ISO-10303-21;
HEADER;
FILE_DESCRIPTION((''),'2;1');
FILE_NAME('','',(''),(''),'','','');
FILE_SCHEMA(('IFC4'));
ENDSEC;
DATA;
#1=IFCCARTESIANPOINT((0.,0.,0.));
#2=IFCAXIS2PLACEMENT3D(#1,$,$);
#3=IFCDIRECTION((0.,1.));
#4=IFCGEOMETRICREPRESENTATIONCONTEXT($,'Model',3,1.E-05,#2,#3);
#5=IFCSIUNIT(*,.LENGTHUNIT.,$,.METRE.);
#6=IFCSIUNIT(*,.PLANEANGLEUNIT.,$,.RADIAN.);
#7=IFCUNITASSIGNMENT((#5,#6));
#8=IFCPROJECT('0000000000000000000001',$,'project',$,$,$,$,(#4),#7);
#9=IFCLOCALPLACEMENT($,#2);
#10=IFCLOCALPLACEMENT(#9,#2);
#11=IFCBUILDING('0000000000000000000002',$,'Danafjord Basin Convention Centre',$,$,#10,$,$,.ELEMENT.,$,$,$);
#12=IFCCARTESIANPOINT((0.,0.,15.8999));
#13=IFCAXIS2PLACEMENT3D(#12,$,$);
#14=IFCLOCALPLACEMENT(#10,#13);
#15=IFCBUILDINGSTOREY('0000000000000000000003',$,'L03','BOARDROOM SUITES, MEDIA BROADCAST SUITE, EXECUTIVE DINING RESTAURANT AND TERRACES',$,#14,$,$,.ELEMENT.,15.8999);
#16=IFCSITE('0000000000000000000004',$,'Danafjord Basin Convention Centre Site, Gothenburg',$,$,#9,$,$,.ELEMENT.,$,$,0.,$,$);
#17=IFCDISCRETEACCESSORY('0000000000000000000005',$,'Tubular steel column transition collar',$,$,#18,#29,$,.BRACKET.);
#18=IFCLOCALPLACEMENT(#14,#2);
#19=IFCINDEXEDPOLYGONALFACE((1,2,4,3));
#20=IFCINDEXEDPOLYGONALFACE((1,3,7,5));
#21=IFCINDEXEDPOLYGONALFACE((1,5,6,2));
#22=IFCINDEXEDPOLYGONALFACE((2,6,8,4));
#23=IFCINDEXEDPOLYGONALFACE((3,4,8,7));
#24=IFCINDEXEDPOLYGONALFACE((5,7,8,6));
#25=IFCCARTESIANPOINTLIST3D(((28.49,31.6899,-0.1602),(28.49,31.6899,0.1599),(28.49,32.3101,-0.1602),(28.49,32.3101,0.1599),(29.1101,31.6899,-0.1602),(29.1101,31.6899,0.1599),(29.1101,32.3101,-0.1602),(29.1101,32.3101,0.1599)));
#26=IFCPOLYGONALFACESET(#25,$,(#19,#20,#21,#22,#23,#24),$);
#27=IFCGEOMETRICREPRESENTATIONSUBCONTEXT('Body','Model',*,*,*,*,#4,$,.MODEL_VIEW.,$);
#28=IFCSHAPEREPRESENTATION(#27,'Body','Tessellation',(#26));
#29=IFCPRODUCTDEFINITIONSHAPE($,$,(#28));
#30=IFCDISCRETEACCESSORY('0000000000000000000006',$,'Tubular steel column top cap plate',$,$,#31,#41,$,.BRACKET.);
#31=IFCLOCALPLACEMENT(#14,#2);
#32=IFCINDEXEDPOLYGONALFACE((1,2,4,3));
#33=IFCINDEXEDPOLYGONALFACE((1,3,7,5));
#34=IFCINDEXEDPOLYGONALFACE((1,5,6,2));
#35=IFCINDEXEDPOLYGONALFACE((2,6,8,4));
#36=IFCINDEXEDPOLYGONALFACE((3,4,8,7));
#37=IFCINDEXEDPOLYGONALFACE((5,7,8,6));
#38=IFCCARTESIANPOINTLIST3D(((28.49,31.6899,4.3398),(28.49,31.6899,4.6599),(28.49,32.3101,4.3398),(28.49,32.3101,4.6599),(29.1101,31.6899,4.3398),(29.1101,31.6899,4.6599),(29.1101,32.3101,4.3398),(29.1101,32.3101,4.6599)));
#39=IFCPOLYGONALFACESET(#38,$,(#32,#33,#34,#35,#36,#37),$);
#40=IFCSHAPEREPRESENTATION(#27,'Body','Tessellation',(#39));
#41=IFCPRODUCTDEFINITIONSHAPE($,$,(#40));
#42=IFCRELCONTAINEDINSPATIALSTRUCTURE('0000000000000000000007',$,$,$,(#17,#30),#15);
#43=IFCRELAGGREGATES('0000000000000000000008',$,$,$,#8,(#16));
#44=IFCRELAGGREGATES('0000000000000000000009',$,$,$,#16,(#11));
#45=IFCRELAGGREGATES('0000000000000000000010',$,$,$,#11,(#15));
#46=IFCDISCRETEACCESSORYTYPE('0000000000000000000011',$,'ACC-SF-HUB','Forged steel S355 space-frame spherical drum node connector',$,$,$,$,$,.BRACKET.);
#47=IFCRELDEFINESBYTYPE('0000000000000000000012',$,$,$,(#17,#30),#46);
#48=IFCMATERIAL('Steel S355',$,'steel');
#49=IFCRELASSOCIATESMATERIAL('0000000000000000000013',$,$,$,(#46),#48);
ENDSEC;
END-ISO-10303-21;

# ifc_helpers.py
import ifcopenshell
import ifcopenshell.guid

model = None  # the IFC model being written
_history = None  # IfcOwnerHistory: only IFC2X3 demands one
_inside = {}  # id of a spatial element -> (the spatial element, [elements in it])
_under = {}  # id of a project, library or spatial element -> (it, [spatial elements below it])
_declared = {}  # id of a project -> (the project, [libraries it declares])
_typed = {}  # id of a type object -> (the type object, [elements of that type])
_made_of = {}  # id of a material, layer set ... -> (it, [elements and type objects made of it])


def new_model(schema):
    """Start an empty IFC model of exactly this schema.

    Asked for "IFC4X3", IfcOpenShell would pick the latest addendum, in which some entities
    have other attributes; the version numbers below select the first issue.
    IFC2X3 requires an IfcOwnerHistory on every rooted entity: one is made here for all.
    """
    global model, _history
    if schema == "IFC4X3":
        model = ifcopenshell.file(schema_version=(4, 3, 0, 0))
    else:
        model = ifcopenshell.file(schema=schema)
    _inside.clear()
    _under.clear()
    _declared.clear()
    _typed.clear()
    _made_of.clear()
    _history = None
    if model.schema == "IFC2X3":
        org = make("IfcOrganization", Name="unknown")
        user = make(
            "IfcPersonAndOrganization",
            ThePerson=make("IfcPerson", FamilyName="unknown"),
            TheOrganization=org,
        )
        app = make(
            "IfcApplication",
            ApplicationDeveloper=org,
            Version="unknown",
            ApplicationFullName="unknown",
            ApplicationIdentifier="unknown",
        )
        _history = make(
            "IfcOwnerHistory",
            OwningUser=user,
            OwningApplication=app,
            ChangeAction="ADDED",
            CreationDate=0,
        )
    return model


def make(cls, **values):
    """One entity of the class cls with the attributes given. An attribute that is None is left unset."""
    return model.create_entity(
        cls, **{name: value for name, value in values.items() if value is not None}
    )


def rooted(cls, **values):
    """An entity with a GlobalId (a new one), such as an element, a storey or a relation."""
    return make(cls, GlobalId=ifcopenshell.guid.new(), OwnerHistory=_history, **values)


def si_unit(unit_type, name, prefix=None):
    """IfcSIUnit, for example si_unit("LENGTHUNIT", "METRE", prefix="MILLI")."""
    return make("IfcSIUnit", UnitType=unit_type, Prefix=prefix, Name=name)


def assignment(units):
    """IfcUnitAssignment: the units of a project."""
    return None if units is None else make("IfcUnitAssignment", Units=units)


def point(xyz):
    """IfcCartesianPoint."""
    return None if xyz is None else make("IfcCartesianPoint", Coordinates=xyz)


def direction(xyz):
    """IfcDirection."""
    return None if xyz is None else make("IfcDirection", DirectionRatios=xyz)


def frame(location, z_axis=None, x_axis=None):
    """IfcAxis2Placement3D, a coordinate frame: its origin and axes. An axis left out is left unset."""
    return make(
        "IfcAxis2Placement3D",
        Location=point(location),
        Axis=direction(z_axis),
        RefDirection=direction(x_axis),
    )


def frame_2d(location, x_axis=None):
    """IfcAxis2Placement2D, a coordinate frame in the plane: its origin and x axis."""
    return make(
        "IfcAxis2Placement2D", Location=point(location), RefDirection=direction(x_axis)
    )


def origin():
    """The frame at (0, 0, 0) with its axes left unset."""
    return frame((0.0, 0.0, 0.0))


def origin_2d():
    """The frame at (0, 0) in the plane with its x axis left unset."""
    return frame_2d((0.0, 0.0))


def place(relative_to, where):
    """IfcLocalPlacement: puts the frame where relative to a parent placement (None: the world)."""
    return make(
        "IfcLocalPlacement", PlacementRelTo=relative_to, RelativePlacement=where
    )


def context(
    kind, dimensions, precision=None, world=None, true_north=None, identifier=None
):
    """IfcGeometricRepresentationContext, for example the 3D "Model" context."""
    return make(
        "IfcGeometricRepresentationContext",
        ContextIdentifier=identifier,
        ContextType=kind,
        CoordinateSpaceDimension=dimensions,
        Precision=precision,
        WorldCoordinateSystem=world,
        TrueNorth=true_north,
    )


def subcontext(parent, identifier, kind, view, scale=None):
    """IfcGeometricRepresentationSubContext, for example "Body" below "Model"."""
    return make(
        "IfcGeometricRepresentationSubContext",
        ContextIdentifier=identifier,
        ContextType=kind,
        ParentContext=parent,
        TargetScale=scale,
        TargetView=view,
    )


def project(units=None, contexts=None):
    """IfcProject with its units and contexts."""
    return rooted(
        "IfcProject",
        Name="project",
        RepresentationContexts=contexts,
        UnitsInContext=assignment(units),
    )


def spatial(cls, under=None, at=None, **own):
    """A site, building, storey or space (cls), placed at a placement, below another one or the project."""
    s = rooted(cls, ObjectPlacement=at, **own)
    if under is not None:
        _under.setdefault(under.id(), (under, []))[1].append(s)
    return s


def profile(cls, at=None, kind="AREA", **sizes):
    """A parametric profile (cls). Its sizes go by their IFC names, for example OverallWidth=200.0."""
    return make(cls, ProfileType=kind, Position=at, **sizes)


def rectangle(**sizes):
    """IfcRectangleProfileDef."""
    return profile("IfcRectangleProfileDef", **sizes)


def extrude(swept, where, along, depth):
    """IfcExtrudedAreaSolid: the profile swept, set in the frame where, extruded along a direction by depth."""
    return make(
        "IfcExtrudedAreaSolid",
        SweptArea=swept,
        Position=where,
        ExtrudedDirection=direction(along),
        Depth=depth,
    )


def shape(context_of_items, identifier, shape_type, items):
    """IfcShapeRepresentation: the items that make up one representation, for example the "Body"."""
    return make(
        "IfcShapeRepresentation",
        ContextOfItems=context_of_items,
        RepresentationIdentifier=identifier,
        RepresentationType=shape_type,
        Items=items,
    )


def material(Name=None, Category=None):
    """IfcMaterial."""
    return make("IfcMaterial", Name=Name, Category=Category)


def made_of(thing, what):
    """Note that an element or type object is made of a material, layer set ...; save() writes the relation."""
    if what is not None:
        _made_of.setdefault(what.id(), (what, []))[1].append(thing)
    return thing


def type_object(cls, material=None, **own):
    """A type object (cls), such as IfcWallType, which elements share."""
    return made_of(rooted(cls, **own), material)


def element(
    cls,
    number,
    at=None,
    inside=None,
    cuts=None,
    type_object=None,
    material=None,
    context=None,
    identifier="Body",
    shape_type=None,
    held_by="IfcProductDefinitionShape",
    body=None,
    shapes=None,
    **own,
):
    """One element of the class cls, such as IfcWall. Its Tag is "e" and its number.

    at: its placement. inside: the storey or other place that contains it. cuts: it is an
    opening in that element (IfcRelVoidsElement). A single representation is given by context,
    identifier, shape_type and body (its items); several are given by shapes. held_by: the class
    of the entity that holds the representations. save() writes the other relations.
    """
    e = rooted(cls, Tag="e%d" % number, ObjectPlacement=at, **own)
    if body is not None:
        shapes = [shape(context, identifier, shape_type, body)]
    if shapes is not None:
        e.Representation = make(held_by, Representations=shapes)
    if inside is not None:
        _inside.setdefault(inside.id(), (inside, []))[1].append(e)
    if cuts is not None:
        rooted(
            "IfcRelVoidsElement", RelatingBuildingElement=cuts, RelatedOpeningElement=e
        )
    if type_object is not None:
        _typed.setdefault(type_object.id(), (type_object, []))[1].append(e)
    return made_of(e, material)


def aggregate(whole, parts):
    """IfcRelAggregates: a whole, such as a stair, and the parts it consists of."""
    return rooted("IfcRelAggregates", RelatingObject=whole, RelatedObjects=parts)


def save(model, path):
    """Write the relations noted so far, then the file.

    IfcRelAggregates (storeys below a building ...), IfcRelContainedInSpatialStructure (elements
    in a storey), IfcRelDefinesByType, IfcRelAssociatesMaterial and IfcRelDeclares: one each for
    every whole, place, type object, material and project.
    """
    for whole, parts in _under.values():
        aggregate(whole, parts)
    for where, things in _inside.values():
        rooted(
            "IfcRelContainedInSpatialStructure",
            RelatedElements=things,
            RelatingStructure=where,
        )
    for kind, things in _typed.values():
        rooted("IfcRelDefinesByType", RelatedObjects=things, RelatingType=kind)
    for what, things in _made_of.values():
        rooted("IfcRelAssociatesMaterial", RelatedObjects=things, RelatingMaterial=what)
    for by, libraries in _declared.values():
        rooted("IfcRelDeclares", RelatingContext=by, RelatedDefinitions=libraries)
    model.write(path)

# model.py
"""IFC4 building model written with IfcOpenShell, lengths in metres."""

from ifc_helpers import new_model, si_unit, direction, frame, origin, origin_2d, place, context, subcontext, project, spatial, rectangle, extrude, material, type_object, element, save


model = new_model("IFC4")

# Units and contexts
model_context = context("Model", 3, precision=1e-05, world=origin(), true_north=direction((0.0, 1.0)))
body_context = subcontext(model_context, "Body", "Model", "MODEL_VIEW")
ifc_project = project(units=[si_unit("LENGTHUNIT", "METRE"), si_unit("PLANEANGLEUNIT", "RADIAN")], contexts=[model_context])

# Site, building, storey
site_placement = place(None, origin())
site = spatial("IfcSite", under=ifc_project, at=site_placement, Name="Danafjord Basin Convention Centre Site, Gothenburg", CompositionType="ELEMENT", RefElevation=0.0)
building_placement = place(site_placement, origin())
building = spatial("IfcBuilding", under=site, at=building_placement, Name="Danafjord Basin Convention Centre", CompositionType="ELEMENT")
storey_placement = place(building_placement, frame((0.0, 0.0, 15.8999)))
storey = spatial("IfcBuildingStorey", under=building, at=storey_placement, Name="L03", Description="BOARDROOM SUITES, MEDIA BROADCAST SUITE, EXECUTIVE DINING RESTAURANT AND TERRACES", CompositionType="ELEMENT", Elevation=15.8999)

# Shared definitions
ifc_material_1 = material(Name="Steel S355", Category="steel")

# Discrete accessories
discrete_accessory_type_1 = type_object("IfcDiscreteAccessoryType", Name="ACC-SF-HUB", Description="Forged steel S355 space-frame spherical drum node connector", PredefinedType="BRACKET", material=ifc_material_1)
for number, where, z_axis, x_axis, name in (
    (1, (28.8, 32.0, -0.1602), (0.0, 0.0, 1.0), (1.0, 0.0, 0.0), "Tubular steel column transition collar"),
    (2, (28.8, 32.0, 4.3398), (0.0, 0.0, 1.0), (1.0, 0.0, 0.0), "Tubular steel column top cap plate"),
):
    element("IfcDiscreteAccessory", number, at=place(storey_placement, frame(where, z_axis=z_axis, x_axis=x_axis)), inside=storey, type_object=discrete_accessory_type_1, Name=name, PredefinedType="BRACKET", context=body_context, shape_type="SweptSolid", body=[
        extrude(rectangle(XDim=0.6201, YDim=0.6201, at=origin_2d()), origin(), (0.0, 0.0, 1.0), 0.3201),
    ])

save(model, "model.ifc")
